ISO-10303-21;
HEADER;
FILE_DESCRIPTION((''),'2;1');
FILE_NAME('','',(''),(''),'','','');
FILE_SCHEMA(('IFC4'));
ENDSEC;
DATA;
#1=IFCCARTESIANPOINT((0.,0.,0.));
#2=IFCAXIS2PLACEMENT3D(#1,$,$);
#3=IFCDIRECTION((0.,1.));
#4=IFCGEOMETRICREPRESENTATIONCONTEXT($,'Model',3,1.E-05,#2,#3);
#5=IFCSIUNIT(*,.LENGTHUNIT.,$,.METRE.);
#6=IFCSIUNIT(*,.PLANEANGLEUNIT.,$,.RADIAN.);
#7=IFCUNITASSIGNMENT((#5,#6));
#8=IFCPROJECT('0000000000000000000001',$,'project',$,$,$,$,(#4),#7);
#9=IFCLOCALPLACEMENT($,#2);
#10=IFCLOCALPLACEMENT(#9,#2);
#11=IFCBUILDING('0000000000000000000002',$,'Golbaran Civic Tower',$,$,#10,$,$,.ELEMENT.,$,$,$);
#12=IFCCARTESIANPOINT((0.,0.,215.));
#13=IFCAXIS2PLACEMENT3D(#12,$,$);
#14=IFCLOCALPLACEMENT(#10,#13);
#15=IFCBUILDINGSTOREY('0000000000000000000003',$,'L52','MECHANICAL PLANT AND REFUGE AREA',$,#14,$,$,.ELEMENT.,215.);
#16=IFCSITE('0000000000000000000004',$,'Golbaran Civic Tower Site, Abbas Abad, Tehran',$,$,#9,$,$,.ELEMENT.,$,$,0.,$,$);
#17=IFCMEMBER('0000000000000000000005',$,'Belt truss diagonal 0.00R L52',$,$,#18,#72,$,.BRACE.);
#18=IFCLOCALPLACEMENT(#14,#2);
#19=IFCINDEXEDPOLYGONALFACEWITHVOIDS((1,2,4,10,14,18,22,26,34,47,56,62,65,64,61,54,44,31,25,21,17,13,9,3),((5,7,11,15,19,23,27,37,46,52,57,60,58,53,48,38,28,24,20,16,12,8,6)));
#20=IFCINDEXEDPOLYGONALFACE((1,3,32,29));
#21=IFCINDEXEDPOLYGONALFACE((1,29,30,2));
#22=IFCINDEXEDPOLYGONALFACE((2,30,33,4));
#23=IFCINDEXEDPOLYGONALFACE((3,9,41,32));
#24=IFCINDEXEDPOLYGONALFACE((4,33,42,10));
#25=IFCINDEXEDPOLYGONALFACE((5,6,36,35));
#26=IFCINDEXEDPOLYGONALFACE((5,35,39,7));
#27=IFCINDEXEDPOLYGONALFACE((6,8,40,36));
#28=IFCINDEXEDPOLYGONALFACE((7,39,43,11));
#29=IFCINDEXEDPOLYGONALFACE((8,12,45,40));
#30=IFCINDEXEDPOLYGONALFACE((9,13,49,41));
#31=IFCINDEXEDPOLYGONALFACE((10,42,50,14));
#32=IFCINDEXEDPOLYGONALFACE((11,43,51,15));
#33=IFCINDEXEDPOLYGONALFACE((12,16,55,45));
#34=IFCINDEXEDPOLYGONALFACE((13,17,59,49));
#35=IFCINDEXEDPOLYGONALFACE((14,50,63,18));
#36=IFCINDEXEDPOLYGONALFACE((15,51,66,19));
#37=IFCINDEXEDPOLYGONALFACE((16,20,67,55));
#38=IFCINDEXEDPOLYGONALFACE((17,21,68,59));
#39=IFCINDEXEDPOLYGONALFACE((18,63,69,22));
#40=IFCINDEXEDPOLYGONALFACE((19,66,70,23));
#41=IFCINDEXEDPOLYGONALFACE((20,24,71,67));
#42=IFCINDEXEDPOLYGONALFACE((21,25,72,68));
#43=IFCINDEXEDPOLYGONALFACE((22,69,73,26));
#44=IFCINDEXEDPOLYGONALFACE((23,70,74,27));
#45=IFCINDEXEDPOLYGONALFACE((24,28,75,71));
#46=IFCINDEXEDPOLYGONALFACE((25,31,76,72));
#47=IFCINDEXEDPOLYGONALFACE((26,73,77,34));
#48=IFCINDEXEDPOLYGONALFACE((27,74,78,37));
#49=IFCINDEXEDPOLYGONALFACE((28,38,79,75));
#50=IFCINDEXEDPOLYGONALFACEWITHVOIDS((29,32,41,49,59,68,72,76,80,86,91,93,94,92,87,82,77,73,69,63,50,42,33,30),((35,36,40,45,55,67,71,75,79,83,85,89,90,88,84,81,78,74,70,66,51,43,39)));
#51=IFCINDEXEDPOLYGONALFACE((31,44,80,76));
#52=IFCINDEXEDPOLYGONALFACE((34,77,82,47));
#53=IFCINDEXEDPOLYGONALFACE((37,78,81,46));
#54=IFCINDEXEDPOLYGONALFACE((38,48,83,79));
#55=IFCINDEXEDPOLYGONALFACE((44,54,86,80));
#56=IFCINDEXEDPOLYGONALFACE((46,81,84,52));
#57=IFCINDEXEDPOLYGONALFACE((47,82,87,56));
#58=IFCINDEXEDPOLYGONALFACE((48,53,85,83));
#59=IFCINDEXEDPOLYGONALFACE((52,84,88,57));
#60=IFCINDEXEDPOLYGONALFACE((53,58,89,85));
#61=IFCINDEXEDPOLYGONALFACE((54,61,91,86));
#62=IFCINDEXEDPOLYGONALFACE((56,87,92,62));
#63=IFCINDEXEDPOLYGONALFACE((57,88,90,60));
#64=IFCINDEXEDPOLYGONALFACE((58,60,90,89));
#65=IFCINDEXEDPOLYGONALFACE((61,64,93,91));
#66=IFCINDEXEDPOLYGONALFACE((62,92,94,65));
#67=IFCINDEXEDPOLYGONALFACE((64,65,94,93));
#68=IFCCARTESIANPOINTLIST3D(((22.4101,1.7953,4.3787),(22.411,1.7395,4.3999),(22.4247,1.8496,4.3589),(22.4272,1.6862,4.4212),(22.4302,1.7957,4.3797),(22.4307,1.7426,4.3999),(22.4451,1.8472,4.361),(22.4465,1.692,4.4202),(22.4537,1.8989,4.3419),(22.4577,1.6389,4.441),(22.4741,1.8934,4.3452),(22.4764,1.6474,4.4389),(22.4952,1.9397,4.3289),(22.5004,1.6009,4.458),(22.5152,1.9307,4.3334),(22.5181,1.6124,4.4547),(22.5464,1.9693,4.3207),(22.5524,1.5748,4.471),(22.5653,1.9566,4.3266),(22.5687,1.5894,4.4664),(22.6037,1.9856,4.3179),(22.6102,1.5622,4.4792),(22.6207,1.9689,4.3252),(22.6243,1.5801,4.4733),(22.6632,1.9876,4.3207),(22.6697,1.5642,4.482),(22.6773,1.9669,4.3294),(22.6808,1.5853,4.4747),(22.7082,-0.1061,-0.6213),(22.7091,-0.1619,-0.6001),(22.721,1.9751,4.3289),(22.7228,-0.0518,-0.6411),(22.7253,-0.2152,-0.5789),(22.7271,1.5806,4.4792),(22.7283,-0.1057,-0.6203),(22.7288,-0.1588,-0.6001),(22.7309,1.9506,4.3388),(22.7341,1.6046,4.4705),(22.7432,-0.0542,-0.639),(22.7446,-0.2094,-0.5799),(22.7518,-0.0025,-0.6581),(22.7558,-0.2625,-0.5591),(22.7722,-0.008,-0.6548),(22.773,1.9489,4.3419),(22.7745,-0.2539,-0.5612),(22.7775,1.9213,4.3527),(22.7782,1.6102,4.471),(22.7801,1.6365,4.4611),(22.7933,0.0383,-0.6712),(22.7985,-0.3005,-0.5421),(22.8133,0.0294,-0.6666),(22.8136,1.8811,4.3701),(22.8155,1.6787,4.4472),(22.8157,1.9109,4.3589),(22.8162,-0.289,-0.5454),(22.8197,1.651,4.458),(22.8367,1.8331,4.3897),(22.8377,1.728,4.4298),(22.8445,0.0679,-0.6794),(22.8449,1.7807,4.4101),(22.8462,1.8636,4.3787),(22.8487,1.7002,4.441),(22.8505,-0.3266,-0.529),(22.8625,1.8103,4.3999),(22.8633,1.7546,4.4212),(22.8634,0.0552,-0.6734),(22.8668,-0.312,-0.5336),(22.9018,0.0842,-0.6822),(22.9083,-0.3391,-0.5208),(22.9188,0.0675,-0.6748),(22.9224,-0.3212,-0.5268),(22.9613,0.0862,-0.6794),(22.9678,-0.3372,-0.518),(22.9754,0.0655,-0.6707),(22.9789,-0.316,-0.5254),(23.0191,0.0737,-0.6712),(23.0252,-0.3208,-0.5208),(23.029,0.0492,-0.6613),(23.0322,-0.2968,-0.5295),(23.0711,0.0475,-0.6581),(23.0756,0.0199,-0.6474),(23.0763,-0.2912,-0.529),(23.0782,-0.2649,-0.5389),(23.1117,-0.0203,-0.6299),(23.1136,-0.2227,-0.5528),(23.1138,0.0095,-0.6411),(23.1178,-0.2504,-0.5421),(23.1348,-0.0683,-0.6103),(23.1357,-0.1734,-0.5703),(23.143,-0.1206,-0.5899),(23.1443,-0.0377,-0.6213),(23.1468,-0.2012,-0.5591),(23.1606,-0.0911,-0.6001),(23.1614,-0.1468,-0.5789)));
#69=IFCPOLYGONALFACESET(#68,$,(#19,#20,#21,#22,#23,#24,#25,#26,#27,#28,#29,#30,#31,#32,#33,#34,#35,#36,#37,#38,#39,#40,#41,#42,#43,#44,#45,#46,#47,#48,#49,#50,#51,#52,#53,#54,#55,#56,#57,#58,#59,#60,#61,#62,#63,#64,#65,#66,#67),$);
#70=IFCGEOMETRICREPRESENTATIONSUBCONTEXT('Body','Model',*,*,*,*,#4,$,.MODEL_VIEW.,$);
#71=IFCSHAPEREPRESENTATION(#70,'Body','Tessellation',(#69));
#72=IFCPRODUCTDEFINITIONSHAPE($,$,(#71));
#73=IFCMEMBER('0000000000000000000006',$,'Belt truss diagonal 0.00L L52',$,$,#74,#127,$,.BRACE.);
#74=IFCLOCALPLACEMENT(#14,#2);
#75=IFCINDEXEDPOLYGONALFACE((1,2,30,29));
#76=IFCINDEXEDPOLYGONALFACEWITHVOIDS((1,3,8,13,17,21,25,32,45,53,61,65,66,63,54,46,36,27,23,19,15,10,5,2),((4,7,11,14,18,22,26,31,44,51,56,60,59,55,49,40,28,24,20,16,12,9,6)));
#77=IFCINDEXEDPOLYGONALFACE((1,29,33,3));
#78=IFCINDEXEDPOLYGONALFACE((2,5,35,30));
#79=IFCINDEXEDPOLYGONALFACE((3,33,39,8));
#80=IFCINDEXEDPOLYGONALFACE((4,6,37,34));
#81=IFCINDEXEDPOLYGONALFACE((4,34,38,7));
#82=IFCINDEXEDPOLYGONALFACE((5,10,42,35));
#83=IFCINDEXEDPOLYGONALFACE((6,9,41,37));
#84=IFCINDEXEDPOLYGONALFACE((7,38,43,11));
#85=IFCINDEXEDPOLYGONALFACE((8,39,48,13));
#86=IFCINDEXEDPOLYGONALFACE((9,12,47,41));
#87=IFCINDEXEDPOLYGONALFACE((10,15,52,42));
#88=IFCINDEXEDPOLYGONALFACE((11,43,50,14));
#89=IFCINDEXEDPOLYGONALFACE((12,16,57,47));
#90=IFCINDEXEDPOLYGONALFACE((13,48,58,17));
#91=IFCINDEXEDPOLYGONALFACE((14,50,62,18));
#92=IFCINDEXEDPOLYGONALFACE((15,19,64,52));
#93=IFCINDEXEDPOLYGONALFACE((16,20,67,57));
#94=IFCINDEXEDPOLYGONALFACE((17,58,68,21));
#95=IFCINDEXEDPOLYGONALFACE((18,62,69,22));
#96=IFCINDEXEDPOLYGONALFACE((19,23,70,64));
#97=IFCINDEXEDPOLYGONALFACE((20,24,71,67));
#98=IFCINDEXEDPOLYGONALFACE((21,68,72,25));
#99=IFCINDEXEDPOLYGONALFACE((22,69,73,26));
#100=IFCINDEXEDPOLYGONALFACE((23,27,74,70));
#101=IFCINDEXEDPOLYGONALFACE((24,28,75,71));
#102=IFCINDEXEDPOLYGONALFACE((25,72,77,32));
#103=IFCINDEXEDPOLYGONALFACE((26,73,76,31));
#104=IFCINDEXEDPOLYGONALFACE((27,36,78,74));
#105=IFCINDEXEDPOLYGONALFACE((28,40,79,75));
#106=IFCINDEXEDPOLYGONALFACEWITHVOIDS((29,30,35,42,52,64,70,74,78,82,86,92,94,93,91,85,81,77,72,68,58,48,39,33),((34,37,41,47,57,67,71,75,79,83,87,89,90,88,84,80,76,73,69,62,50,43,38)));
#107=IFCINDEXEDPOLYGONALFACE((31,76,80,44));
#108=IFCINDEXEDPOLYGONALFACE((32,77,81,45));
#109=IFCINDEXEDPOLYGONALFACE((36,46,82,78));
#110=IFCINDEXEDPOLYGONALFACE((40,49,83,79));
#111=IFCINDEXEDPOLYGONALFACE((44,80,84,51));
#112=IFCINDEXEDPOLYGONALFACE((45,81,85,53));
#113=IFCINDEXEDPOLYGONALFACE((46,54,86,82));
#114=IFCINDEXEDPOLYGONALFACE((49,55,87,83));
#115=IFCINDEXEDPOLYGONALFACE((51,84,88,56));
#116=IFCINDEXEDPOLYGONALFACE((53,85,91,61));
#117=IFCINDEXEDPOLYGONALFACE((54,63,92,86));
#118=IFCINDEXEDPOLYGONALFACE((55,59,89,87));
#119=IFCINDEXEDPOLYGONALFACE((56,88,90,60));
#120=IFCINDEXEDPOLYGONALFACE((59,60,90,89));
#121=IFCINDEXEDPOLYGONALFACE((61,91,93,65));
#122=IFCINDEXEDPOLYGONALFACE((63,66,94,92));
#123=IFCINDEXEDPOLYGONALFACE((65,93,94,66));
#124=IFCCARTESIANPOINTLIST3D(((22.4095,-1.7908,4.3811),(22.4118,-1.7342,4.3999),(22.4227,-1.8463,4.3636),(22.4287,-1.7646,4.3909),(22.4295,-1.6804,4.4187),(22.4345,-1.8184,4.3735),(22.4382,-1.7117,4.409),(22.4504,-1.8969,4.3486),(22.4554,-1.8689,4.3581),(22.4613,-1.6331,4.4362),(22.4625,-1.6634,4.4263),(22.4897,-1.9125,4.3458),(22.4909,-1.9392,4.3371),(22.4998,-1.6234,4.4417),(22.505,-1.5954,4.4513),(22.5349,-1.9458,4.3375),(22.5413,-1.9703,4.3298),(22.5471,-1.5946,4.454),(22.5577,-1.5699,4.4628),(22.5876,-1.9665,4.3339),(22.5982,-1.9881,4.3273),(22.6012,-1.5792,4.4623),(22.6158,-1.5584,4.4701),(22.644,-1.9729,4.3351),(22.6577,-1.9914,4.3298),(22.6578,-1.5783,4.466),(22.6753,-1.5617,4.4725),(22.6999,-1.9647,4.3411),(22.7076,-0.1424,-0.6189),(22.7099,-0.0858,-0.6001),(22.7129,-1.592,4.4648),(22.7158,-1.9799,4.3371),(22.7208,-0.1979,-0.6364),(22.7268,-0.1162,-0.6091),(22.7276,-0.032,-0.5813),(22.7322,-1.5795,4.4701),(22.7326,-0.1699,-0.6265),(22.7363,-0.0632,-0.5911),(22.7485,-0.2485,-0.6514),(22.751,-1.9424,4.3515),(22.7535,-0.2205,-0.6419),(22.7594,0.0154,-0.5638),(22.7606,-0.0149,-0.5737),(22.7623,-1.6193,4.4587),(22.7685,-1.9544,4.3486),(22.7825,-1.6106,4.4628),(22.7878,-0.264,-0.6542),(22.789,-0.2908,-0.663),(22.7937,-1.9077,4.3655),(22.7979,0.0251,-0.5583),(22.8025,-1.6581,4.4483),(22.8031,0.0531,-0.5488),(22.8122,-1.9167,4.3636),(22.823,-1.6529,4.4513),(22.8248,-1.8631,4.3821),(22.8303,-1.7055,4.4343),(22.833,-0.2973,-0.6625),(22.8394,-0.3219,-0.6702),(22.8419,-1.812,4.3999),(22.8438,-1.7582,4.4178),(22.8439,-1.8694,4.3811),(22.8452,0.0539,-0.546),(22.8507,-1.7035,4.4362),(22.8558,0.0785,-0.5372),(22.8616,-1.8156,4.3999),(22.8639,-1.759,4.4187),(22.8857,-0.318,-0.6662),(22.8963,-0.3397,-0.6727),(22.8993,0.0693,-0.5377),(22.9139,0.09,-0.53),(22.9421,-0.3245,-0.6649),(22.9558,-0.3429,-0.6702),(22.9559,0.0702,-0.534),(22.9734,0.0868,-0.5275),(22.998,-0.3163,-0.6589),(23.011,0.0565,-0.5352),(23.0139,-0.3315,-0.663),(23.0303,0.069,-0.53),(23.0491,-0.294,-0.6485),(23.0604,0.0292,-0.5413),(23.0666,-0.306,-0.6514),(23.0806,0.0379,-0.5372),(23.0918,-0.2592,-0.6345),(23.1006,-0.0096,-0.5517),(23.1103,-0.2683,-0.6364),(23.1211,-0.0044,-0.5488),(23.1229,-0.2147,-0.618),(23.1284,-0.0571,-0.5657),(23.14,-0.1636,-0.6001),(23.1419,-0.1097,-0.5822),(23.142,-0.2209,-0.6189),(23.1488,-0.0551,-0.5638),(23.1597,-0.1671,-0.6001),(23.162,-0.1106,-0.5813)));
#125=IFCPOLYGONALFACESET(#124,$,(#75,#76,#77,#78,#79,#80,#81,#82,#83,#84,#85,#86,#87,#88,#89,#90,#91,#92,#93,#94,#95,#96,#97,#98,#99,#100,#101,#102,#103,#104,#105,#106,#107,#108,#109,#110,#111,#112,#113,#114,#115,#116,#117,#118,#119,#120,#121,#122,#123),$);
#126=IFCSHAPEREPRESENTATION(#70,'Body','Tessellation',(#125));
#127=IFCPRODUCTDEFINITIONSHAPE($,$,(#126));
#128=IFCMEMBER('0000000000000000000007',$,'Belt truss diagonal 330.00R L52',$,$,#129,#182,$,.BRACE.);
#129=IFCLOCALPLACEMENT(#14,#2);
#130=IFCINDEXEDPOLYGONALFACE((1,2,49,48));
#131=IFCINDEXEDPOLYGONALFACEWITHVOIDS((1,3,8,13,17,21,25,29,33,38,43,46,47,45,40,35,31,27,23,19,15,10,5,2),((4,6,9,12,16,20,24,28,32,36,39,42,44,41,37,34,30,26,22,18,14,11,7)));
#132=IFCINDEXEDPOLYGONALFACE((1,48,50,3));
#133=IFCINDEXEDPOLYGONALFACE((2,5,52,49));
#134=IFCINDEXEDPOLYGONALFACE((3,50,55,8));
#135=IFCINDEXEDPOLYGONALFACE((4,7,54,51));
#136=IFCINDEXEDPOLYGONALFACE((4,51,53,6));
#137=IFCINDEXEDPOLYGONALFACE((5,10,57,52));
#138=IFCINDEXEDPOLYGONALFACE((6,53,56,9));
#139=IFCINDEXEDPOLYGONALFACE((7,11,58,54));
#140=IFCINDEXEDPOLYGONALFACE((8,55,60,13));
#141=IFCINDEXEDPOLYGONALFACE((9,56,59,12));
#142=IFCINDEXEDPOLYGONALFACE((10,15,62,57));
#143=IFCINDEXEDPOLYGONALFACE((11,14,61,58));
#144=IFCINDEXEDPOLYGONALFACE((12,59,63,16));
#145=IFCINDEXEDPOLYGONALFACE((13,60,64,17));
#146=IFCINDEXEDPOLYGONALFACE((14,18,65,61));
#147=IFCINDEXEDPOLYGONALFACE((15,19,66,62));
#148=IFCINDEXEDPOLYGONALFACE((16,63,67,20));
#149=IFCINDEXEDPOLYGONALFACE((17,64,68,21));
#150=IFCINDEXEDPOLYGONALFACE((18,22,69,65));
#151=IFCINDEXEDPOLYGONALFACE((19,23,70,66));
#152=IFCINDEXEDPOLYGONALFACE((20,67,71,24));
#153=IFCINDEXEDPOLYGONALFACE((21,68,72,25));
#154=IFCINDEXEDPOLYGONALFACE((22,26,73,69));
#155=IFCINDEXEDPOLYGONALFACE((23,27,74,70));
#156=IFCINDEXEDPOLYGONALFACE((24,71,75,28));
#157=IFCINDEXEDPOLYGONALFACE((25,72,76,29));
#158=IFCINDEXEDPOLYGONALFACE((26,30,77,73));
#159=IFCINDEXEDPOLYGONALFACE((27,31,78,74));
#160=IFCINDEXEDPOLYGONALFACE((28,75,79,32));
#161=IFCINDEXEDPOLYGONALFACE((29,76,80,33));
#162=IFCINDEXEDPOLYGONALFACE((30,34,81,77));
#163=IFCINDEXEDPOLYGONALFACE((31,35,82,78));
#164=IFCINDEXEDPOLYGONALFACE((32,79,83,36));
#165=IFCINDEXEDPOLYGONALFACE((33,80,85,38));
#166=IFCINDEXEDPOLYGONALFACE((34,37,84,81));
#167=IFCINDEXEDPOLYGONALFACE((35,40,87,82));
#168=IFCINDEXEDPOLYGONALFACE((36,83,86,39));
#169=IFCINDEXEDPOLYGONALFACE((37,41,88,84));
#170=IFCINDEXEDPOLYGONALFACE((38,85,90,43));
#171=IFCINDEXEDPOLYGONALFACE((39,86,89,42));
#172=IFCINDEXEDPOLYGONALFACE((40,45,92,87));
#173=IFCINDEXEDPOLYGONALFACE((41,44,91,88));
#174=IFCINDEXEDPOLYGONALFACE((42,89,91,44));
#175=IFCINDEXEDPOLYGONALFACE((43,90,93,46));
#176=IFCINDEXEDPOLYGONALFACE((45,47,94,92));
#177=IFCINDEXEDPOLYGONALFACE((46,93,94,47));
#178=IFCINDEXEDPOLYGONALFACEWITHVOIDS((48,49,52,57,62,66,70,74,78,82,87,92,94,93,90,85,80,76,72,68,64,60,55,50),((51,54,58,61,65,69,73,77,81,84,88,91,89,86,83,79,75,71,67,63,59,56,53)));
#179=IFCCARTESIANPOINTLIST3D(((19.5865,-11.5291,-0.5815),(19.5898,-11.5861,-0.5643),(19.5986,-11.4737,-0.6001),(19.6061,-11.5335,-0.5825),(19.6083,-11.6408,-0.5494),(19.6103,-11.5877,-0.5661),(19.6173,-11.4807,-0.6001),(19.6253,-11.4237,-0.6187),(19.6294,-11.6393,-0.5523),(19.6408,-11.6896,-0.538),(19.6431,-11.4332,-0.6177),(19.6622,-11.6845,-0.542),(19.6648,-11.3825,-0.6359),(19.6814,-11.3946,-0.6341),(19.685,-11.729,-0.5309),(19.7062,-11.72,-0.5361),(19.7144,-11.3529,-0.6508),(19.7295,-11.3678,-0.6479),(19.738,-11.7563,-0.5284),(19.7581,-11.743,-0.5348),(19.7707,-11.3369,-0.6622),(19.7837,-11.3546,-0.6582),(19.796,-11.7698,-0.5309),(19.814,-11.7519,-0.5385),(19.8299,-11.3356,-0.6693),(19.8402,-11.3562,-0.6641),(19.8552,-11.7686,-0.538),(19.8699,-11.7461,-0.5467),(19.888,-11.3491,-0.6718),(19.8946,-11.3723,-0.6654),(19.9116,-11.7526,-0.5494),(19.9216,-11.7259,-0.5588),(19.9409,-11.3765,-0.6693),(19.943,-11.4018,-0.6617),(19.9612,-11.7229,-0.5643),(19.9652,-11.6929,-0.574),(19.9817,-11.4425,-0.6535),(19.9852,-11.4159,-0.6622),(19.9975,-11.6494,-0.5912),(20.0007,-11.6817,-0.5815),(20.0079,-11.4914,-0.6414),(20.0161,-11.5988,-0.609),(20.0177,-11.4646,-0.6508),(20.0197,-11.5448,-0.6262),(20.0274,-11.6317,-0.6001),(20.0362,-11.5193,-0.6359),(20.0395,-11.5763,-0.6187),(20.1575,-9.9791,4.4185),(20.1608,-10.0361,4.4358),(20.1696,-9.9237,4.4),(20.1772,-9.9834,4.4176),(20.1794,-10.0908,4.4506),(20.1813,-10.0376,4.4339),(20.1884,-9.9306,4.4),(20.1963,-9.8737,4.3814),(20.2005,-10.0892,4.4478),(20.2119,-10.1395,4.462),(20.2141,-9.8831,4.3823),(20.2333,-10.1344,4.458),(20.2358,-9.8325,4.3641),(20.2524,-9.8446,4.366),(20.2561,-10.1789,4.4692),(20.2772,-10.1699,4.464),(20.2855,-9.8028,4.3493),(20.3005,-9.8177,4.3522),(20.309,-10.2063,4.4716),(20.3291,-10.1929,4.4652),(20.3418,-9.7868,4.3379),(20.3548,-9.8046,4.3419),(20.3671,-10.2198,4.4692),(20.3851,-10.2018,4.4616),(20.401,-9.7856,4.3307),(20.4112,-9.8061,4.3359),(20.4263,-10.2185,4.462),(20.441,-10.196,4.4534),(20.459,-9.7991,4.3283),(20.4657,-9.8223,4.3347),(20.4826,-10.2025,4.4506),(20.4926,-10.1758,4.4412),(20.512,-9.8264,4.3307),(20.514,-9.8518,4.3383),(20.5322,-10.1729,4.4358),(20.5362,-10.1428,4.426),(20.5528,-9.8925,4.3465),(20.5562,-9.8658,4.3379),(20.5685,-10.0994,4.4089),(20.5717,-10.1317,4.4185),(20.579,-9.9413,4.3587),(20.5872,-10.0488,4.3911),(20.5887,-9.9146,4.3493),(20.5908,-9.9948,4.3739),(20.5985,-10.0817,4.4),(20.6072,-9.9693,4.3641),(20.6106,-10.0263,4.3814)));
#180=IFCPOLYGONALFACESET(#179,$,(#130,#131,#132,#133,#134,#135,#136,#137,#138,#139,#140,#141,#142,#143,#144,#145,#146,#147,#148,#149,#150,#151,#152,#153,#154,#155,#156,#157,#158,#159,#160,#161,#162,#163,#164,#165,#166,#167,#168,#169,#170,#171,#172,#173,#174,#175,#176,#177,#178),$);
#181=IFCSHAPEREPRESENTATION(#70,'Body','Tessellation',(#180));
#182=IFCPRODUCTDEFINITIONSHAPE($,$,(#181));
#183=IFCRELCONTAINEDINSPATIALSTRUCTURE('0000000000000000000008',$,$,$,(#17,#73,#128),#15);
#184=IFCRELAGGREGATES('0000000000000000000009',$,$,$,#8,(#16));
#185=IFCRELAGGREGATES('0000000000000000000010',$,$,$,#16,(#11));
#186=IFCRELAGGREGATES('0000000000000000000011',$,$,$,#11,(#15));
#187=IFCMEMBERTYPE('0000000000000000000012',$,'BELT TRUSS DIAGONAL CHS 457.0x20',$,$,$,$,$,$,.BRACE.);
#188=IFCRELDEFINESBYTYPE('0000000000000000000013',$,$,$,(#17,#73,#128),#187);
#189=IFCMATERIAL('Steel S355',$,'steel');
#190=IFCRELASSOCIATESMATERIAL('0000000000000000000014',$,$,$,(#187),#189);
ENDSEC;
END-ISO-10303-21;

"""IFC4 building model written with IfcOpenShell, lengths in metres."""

from ifc_helpers import new_model, si_unit, direction, frame, origin, origin_2d, place, context, subcontext, project, spatial, hollow_circle, extrude, material, material_profile, profile_set, type_object, element, save


model = new_model("IFC4")

# Units and contexts
model_context = context("Model", 3, precision=1e-05, world=origin(), true_north=direction((0.0, 1.0)))
body_context = subcontext(model_context, "Body", "Model", "MODEL_VIEW")
ifc_project = project(units=[si_unit("LENGTHUNIT", "METRE"), si_unit("PLANEANGLEUNIT", "RADIAN")], contexts=[model_context])

# Site, building, storey
site_placement = place(None, origin())
site = spatial("IfcSite", under=ifc_project, at=site_placement, Name="Golbaran Civic Tower Site, Abbas Abad, Tehran", CompositionType="ELEMENT", RefElevation=0.0)
building_placement = place(site_placement, origin())
building = spatial("IfcBuilding", under=site, at=building_placement, Name="Golbaran Civic Tower", CompositionType="ELEMENT")
storey_placement = place(building_placement, frame((0.0, 0.0, 215.0)))
storey = spatial("IfcBuildingStorey", under=building, at=storey_placement, Name="L52", Description="MECHANICAL PLANT AND REFUGE AREA", CompositionType="ELEMENT", Elevation=215.0)

# Members
ifc_material_1 = material(Name="Steel S355", Category="steel")
ifc_material_profile_1 = material_profile(ifc_material_1, hollow_circle(Radius=0.2285, WallThickness=0.02, at=origin_2d()), Name="CHS 457.0x20")
ifc_profile_set_1 = profile_set([ifc_material_profile_1], Name="Steel S355")
member_type_1 = type_object("IfcMemberType", Name="BELT TRUSS DIAGONAL CHS 457.0x20", PredefinedType="BRACE", material=ifc_profile_set_1)
member_1_placement = place(storey_placement, frame((22.9348, -0.1265, -0.6001), z_axis=(-0.05564, 0.35489, 0.933251), x_axis=(-0.987932, -0.154888, 0.0)))
element("IfcMember", 1, at=member_1_placement, inside=storey, type_object=member_type_1, Name="Belt truss diagonal 0.00R L52", PredefinedType="BRACE", context=body_context, shape_type="SweptSolid", body=[
    extrude(hollow_circle(Radius=0.2285, WallThickness=0.02, at=origin_2d()), origin(), (0.0, 0.0, 1.0), 5.3577),
])
member_2_placement = place(storey_placement, frame((22.9348, -0.1265, -0.6001), z_axis=(-0.056531, -0.312609, 0.948198), x_axis=(0.98404, -0.177949, 0.0)))
element("IfcMember", 2, at=member_2_placement, inside=storey, type_object=member_type_1, Name="Belt truss diagonal 0.00L L52", PredefinedType="BRACE", context=body_context, shape_type="SweptSolid", body=[
    extrude(hollow_circle(Radius=0.2285, WallThickness=0.02, at=origin_2d()), origin(), (0.0, 0.0, 1.0), 5.2732),
])
member_3_placement = place(storey_placement, frame((19.813, -11.5527, -0.6001), z_axis=(0.108444, 0.294361, 0.949522), x_axis=(-0.938348, 0.345692, 0.0)))
element("IfcMember", 3, at=member_3_placement, inside=storey, type_object=member_type_1, Name="Belt truss diagonal 330.00R L52", PredefinedType="BRACE", context=body_context, shape_type="SweptSolid", body=[
    extrude(hollow_circle(Radius=0.2285, WallThickness=0.02, at=origin_2d()), origin(), (0.0, 0.0, 1.0), 5.2659),
])

save(model, "model.ifc")
